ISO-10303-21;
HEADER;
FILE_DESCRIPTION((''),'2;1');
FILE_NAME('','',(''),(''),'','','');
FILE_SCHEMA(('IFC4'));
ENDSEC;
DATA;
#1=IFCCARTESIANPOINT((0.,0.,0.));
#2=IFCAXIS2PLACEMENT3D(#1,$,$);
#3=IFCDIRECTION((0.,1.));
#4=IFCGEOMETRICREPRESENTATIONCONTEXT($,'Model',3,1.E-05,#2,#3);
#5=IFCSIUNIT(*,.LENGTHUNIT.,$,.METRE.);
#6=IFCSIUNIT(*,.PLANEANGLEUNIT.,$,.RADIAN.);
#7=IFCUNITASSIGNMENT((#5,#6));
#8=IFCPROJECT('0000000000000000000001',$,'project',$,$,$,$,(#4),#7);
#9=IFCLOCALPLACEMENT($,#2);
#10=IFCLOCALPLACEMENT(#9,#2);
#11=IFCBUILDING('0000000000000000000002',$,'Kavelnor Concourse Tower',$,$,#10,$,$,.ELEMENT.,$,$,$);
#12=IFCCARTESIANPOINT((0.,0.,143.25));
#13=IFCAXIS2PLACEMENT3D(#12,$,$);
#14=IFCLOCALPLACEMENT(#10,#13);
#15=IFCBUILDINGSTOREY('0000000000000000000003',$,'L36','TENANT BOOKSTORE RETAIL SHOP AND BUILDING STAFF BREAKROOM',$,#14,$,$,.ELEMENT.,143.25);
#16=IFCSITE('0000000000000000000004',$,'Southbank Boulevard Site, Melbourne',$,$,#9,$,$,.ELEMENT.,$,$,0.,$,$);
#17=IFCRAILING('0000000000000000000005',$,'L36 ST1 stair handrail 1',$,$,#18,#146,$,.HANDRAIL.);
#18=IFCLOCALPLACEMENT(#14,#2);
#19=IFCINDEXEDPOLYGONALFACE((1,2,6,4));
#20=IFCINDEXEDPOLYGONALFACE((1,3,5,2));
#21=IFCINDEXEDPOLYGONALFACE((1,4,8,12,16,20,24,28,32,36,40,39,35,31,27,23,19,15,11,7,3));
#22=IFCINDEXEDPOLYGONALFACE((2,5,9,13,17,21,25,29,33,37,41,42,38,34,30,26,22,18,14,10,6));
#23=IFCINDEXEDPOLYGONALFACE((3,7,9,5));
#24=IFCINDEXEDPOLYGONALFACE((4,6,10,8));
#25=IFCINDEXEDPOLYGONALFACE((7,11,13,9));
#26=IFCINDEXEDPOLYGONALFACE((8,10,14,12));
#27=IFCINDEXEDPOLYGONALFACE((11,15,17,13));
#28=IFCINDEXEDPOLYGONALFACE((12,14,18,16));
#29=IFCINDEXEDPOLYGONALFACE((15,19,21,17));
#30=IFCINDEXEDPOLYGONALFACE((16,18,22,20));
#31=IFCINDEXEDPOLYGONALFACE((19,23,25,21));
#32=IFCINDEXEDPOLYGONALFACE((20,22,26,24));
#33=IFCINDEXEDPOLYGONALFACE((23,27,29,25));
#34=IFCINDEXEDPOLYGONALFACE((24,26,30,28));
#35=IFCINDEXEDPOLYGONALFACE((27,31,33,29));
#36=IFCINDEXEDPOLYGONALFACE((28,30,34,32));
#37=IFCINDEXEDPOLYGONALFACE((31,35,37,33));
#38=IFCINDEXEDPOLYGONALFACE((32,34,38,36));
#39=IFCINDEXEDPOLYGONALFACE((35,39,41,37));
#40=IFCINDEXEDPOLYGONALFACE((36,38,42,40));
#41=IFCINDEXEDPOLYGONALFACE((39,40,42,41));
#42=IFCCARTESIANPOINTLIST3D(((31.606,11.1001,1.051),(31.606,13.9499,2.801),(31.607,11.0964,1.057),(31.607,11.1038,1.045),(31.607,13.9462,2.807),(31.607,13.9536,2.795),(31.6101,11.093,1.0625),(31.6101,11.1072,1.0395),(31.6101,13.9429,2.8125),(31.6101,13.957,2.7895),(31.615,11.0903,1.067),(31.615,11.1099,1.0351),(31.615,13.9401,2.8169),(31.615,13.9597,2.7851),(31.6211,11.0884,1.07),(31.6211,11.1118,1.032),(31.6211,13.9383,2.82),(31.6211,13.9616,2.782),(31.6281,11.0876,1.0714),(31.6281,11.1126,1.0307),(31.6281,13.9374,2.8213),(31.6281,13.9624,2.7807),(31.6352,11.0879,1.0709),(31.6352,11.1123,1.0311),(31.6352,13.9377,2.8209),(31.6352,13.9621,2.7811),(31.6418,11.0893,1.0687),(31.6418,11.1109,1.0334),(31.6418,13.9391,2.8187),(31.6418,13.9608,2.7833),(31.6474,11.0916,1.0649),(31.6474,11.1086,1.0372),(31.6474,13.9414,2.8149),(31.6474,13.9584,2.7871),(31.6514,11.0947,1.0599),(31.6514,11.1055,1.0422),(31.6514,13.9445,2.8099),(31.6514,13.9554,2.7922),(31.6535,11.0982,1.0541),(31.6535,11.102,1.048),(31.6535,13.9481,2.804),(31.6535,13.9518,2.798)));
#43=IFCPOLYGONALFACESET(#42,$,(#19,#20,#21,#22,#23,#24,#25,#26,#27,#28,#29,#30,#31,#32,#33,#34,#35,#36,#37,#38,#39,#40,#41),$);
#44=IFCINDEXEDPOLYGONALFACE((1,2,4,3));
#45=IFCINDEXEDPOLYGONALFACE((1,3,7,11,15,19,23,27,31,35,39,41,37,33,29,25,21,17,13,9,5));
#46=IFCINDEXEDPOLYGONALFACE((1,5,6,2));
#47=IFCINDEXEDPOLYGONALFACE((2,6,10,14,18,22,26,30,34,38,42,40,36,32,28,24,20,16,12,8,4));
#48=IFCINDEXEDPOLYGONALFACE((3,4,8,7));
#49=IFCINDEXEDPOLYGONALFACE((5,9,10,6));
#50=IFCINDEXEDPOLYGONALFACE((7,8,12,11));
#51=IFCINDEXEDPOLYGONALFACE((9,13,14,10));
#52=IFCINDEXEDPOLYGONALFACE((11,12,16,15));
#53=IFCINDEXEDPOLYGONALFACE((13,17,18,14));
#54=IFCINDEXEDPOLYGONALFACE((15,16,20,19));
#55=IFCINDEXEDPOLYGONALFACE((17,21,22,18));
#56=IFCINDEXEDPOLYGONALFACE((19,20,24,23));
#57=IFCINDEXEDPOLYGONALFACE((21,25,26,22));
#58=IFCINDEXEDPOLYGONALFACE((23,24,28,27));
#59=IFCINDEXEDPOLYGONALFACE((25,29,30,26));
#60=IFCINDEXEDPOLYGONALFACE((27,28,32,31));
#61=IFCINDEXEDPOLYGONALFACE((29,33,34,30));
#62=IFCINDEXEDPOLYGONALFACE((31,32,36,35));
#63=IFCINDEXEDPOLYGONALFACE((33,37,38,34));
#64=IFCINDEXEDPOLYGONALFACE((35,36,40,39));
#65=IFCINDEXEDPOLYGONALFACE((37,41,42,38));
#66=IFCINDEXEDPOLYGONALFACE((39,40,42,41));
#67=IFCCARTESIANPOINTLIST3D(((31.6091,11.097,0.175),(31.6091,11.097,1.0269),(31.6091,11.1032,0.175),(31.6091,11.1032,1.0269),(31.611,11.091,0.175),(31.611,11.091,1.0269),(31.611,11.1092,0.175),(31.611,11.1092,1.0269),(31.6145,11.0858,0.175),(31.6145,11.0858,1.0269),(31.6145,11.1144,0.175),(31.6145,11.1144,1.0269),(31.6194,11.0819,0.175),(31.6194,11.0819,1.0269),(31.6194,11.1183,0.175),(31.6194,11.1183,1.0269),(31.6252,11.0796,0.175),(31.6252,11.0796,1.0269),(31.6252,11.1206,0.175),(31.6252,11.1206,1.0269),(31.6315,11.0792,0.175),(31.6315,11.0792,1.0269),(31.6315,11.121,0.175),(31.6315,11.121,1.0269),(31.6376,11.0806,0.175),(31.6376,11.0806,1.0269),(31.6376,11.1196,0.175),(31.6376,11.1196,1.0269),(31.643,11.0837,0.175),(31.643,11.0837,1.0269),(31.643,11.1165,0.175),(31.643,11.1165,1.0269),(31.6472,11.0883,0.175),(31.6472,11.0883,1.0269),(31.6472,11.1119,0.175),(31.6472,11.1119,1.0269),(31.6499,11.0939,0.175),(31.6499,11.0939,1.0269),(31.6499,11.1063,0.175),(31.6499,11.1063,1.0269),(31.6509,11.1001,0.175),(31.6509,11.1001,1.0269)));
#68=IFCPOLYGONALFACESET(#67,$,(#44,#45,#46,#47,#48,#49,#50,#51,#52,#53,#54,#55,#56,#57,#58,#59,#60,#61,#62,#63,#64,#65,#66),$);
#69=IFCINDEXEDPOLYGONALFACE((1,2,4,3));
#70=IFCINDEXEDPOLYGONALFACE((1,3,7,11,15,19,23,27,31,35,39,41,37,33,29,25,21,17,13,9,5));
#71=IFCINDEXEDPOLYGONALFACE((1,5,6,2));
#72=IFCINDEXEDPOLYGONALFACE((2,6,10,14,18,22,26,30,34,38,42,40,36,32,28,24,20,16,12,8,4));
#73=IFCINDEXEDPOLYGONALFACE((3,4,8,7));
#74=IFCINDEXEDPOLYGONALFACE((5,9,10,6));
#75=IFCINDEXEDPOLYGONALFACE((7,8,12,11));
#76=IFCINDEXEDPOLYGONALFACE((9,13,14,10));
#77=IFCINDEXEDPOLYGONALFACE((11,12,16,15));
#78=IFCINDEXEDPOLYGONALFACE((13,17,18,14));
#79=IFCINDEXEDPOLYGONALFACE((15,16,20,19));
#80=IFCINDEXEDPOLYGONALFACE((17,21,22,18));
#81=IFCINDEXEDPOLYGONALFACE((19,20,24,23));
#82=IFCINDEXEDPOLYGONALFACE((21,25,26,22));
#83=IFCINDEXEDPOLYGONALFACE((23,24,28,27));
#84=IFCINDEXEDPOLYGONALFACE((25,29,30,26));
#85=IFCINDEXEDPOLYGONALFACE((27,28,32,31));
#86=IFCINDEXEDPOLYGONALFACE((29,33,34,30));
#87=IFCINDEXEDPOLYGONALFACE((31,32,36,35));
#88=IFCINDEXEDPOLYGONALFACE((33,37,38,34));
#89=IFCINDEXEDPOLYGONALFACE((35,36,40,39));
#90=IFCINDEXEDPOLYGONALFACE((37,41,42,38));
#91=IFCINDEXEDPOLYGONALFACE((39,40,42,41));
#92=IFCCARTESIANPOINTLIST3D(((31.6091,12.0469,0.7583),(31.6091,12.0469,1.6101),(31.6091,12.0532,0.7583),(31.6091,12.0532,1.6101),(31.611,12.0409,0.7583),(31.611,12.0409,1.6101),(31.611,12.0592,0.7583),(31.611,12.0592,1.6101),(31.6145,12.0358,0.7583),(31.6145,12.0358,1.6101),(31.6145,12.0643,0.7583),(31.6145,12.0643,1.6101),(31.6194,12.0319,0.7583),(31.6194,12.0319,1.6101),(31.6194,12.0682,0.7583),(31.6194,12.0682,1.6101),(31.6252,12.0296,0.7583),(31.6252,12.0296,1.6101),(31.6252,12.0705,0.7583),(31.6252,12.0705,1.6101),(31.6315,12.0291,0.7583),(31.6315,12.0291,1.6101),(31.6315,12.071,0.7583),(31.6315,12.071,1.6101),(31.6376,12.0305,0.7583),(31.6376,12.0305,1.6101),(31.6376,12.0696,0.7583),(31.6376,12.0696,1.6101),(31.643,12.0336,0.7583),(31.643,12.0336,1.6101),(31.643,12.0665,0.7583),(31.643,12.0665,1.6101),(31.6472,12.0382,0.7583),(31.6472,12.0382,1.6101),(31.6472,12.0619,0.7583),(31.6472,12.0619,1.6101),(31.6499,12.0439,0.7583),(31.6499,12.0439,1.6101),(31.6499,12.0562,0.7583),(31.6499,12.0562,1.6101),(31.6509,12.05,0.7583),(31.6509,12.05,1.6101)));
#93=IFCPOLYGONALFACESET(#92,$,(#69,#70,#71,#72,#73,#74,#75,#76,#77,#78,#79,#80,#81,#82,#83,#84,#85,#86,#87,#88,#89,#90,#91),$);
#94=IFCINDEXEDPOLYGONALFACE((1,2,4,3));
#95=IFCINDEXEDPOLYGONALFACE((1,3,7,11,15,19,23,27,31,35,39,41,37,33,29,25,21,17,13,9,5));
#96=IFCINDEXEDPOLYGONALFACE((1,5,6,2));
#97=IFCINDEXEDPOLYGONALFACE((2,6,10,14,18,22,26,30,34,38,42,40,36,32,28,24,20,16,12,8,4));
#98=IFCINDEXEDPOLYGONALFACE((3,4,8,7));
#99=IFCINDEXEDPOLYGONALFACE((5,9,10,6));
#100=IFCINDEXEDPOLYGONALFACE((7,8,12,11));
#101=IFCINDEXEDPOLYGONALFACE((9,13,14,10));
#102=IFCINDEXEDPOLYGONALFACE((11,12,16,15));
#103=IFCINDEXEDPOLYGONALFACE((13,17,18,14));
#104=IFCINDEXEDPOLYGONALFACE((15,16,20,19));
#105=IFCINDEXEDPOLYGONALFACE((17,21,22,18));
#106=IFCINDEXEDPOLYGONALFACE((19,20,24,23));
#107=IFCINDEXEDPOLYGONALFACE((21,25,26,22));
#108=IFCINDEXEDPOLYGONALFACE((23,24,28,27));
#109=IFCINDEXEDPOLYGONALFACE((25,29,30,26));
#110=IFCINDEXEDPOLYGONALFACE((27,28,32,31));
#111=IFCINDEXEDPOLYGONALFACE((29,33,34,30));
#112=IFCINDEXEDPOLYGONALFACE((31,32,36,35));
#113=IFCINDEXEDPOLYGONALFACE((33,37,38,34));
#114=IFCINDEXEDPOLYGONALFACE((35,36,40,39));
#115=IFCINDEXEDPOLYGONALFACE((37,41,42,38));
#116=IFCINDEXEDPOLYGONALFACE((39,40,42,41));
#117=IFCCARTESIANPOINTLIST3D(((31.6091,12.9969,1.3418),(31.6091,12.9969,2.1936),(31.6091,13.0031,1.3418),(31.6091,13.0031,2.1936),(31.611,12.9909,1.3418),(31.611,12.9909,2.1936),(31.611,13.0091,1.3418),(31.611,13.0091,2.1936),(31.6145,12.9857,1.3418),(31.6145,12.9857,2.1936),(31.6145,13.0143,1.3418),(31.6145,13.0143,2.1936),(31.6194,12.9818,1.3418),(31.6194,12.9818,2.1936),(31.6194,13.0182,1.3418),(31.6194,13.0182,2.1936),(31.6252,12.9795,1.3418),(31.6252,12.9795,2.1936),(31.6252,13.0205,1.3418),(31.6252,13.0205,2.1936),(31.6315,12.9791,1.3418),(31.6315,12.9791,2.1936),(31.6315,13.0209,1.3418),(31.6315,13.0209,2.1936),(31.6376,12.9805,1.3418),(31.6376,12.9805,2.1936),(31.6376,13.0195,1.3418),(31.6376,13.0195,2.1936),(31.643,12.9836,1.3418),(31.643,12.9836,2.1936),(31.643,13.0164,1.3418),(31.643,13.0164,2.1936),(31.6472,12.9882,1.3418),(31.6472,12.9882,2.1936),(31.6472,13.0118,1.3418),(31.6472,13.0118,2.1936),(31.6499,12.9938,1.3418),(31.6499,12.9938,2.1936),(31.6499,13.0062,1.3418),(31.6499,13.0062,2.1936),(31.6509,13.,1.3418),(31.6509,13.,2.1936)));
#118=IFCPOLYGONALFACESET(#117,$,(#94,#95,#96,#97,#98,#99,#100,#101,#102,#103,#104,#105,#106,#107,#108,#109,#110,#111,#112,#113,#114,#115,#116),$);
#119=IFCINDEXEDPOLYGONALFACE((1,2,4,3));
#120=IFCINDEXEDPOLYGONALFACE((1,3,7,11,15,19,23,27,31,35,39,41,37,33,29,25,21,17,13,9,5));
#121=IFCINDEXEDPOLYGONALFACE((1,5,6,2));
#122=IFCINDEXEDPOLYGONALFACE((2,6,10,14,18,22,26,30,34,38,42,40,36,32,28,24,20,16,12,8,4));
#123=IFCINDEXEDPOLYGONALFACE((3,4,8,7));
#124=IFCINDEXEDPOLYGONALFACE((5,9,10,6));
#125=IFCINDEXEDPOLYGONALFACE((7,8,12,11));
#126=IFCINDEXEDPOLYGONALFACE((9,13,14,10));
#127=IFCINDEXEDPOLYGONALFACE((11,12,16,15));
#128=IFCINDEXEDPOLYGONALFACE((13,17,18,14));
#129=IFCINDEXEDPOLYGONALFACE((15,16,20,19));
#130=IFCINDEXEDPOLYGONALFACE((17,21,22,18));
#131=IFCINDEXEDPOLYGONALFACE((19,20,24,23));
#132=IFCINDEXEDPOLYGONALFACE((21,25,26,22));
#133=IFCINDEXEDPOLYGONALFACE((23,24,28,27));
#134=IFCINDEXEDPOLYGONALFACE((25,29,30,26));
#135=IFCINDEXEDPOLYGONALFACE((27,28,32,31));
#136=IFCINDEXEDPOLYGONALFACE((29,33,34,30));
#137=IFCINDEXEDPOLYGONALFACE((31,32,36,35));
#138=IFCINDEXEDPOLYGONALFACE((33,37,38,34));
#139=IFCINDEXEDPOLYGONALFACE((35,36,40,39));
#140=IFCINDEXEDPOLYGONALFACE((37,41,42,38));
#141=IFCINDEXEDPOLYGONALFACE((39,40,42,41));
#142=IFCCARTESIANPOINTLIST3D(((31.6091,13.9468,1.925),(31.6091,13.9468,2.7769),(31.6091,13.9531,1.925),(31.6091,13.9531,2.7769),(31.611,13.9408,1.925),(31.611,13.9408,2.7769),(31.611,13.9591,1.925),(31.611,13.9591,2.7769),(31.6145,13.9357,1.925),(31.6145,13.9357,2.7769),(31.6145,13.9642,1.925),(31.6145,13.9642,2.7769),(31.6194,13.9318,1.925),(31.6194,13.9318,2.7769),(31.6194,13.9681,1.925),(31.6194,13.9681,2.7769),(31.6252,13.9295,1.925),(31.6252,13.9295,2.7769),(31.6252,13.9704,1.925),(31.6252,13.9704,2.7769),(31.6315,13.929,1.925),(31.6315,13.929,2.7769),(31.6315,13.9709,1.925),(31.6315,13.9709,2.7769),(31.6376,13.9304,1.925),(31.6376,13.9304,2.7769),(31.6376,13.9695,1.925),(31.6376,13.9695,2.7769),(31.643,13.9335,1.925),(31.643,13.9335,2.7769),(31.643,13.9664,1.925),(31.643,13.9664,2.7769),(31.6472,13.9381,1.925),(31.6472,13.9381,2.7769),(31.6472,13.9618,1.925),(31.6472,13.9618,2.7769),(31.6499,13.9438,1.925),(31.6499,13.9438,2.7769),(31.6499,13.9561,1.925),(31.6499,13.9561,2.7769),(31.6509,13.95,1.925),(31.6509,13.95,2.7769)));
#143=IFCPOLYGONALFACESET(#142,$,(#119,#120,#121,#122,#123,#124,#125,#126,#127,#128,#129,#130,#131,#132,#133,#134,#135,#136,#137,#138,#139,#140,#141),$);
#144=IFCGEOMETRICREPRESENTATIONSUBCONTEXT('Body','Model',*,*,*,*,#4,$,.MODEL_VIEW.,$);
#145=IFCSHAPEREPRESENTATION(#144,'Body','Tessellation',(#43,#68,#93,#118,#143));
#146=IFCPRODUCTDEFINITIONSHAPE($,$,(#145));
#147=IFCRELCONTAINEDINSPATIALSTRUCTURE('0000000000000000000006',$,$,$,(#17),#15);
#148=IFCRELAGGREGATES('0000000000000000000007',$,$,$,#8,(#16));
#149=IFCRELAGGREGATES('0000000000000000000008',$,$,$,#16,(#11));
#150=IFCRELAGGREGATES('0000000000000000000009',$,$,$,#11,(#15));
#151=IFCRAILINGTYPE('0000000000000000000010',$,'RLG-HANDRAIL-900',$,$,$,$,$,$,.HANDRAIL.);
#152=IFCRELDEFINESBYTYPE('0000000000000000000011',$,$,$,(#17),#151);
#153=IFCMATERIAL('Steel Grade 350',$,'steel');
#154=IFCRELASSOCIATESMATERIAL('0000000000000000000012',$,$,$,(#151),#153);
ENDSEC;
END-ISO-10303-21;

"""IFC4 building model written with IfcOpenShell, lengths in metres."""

from ifc_helpers import new_model, si_unit, direction, frame, origin, origin_2d, place, context, subcontext, project, spatial, circle, extrude, material, type_object, element, save


model = new_model("IFC4")

# Units and contexts
model_context = context("Model", 3, precision=1e-05, world=origin(), true_north=direction((0.0, 1.0)))
body_context = subcontext(model_context, "Body", "Model", "MODEL_VIEW")
ifc_project = project(units=[si_unit("LENGTHUNIT", "METRE"), si_unit("PLANEANGLEUNIT", "RADIAN")], contexts=[model_context])

# Site, building, storey
site_placement = place(None, origin())
site = spatial("IfcSite", under=ifc_project, at=site_placement, Name="Southbank Boulevard Site, Melbourne", CompositionType="ELEMENT", RefElevation=0.0)
building_placement = place(site_placement, origin())
building = spatial("IfcBuilding", under=site, at=building_placement, Name="Kavelnor Concourse Tower", CompositionType="ELEMENT")
storey_placement = place(building_placement, frame((0.0, 0.0, 143.25)))
storey = spatial("IfcBuildingStorey", under=building, at=storey_placement, Name="L36", Description="TENANT BOOKSTORE RETAIL SHOP AND BUILDING STAFF BREAKROOM", CompositionType="ELEMENT", Elevation=143.25)

# Shared definitions
ifc_material_1 = material(Name="Steel Grade 350", Category="steel")

# Railing
railing_type_1 = type_object("IfcRailingType", Name="RLG-HANDRAIL-900", PredefinedType="HANDRAIL", material=ifc_material_1)
railing_1_placement = place(storey_placement, frame((31.6299, 11.1001, 0.175)))
element("IfcRailing", 1, at=railing_1_placement, inside=storey, type_object=railing_type_1, Name="L36 ST1 stair handrail 1", PredefinedType="HANDRAIL", context=body_context, shape_type="SweptSolid", body=[
    extrude(circle(Radius=0.0239, at=origin_2d()), frame((0.0, 0.0, 0.876), z_axis=(0.0, 0.852159, 0.523283), x_axis=(-1.0, 0.0, 0.0)), (0.0, 0.0, 1.0), 3.3442),
    extrude(circle(Radius=0.021, at=origin_2d()), origin(), (0.0, 0.0, 1.0), 0.8518),
    extrude(circle(Radius=0.021, at=origin_2d()), frame((0.0, 0.95, 0.5833)), (0.0, 0.0, 1.0), 0.8518),
    extrude(circle(Radius=0.021, at=origin_2d()), frame((0.0, 1.8999, 1.1667)), (0.0, 0.0, 1.0), 0.8518),
    extrude(circle(Radius=0.021, at=origin_2d()), frame((0.0, 2.8499, 1.75)), (0.0, 0.0, 1.0), 0.8518),
])

save(model, "model.ifc")
